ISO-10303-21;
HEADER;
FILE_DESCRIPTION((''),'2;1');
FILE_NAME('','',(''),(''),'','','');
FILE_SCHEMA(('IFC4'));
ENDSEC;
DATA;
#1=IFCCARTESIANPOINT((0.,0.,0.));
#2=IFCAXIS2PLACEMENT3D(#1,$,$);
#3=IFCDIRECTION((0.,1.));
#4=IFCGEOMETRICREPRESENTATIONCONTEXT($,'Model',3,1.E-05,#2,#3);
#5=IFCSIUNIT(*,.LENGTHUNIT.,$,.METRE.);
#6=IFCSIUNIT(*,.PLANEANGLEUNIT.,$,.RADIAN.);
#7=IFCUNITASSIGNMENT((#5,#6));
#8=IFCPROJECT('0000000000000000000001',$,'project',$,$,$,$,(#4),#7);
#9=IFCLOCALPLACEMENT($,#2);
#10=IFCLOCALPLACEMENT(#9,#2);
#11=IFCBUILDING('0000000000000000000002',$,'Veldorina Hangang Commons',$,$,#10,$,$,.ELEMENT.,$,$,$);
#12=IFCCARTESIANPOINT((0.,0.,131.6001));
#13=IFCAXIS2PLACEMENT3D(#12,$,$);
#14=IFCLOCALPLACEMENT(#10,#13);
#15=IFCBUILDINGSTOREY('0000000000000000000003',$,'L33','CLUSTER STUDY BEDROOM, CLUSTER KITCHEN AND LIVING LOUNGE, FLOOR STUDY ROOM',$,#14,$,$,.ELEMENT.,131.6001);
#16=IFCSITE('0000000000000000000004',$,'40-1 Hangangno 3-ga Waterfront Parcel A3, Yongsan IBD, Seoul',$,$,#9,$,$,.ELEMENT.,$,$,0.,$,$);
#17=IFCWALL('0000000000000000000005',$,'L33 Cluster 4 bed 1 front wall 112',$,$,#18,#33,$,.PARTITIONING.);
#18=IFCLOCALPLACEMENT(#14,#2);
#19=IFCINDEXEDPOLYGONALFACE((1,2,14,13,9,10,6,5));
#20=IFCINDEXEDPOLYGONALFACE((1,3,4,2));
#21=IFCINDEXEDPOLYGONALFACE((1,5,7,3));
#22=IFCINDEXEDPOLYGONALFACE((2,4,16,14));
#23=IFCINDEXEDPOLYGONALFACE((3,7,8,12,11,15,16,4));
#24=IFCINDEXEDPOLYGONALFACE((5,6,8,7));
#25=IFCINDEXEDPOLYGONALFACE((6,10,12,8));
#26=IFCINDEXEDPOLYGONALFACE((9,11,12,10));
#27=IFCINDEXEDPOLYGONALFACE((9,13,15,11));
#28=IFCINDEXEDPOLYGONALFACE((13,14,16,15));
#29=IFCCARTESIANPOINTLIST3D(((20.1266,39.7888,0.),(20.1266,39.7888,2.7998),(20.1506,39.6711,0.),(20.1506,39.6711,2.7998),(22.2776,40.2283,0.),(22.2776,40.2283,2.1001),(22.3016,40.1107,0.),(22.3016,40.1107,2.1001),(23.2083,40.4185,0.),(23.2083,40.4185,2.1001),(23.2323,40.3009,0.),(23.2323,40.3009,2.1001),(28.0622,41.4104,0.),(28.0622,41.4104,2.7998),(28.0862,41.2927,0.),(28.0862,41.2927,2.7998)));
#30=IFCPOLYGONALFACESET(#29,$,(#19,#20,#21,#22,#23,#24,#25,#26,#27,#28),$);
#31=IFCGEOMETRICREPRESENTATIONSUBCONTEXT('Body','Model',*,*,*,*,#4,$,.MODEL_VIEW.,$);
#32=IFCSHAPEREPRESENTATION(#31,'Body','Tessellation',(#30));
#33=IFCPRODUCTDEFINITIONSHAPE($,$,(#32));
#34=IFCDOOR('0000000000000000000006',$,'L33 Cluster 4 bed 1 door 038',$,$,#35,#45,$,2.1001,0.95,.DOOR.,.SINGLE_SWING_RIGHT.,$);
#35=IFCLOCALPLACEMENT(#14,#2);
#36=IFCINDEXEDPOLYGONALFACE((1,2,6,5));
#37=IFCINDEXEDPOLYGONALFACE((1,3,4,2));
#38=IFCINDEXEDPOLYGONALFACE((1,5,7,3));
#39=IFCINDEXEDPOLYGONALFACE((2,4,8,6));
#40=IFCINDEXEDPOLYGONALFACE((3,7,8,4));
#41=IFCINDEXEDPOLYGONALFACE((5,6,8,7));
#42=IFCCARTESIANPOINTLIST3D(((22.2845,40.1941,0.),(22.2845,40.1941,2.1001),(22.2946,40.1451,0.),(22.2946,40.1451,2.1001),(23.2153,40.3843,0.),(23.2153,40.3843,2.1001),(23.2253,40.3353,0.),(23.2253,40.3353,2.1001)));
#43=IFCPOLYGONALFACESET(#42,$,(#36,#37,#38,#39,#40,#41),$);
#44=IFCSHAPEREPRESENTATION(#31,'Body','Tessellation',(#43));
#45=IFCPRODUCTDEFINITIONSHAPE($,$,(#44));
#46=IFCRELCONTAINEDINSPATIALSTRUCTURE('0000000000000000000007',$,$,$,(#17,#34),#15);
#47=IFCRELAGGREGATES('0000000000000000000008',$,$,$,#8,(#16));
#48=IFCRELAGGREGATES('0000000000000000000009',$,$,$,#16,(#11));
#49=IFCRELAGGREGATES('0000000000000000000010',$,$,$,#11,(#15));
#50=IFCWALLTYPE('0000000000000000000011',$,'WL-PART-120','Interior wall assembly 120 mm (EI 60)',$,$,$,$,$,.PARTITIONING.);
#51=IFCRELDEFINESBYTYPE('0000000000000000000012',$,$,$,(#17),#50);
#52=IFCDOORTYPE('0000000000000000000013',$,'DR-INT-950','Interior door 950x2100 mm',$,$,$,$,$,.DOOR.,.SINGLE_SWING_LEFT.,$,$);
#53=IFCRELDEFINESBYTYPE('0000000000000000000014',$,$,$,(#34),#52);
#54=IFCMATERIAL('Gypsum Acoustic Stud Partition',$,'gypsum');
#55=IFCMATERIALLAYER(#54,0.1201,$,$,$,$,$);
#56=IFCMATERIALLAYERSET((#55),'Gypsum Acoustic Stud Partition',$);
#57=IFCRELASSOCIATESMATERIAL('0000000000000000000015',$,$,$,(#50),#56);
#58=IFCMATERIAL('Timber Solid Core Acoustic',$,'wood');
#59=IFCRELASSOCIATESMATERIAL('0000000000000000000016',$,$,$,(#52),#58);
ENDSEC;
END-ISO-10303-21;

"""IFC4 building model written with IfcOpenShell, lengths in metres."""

from ifc_helpers import new_model, si_unit, direction, frame, frame_2d, origin, place, context, subcontext, project, spatial, rectangle, extrude, material, layer, layer_set, type_object, element, fill, save


model = new_model("IFC4")

# Units and contexts
model_context = context("Model", 3, precision=1e-05, world=origin(), true_north=direction((0.0, 1.0)))
body_context = subcontext(model_context, "Body", "Model", "MODEL_VIEW")
ifc_project = project(units=[si_unit("LENGTHUNIT", "METRE"), si_unit("PLANEANGLEUNIT", "RADIAN")], contexts=[model_context])

# Site, building, storey
site_placement = place(None, origin())
site = spatial("IfcSite", under=ifc_project, at=site_placement, Name="40-1 Hangangno 3-ga Waterfront Parcel A3, Yongsan IBD, Seoul", CompositionType="ELEMENT", RefElevation=0.0)
building_placement = place(site_placement, origin())
building = spatial("IfcBuilding", under=site, at=building_placement, Name="Veldorina Hangang Commons", CompositionType="ELEMENT")
storey_placement = place(building_placement, frame((0.0, 0.0, 131.6001)))
storey = spatial("IfcBuildingStorey", under=building, at=storey_placement, Name="L33", Description="CLUSTER STUDY BEDROOM, CLUSTER KITCHEN AND LIVING LOUNGE, FLOOR STUDY ROOM", CompositionType="ELEMENT", Elevation=131.6001)

# Shared definitions
ifc_material_1 = material(Name="Gypsum Acoustic Stud Partition", Category="gypsum")
ifc_layer_1 = layer(ifc_material_1, 0.1201)
ifc_layer_set_1 = layer_set([ifc_layer_1], Name="Gypsum Acoustic Stud Partition")
wall_type_1 = type_object("IfcWallType", Name="WL-PART-120", Description="Interior wall assembly 120 mm (EI 60)", PredefinedType="PARTITIONING", material=ifc_layer_set_1)

# Wall, opening, door
wall_1_placement = place(storey_placement, frame((28.0742, 41.3516, 0.0), z_axis=(0.0, 0.0, 1.0), x_axis=(-0.979754, -0.200207, 0.0)))
wall_1 = element("IfcWall", 1, at=wall_1_placement, inside=storey, type_object=wall_type_1, Name="L33 Cluster 4 bed 1 front wall 112", PredefinedType="PARTITIONING", context=body_context, shape_type="SweptSolid", body=[
    extrude(rectangle(XDim=8.0996, YDim=0.1201, at=frame_2d((4.0498, 0.0))), origin(), (0.0, 0.0, 1.0), 2.7998),
])
opening_1_placement = place(wall_1_placement, frame((4.9541, 0.0, 0.0)))
opening_1 = element("IfcOpeningElement", 2, at=opening_1_placement, cuts=wall_1, PredefinedType="OPENING", context=body_context, shape_type="SweptSolid", body=[
    extrude(rectangle(XDim=0.95, YDim=2.1001, at=frame_2d((0.4751, 1.05))), frame((0.0, 0.0701, 0.0), z_axis=(0.0, -1.0, 0.0), x_axis=(1.0, 0.0, 0.0)), (0.0, 0.0, 1.0), 0.1401),
])
ifc_material_2 = material(Name="Timber Solid Core Acoustic", Category="wood")
door_type_1 = type_object("IfcDoorType", Name="DR-INT-950", Description="Interior door 950x2100 mm", OperationType="SINGLE_SWING_LEFT", PredefinedType="DOOR", material=ifc_material_2)
door_1_placement = place(opening_1_placement, origin())
door_1 = element("IfcDoor", 3, at=door_1_placement, inside=storey, type_object=door_type_1, Name="L33 Cluster 4 bed 1 door 038", OperationType="SINGLE_SWING_RIGHT", OverallHeight=2.1001, OverallWidth=0.95, PredefinedType="DOOR", context=body_context, shape_type="SweptSolid", body=[
    extrude(rectangle(XDim=0.95, YDim=2.1001, at=frame_2d((0.4751, 1.05))), frame((0.0, 0.0249, 0.0), z_axis=(0.0, -1.0, 0.0), x_axis=(1.0, 0.0, 0.0)), (0.0, 0.0, 1.0), 0.05),
])
fill(opening_1, door_1)

save(model, "model.ifc")
